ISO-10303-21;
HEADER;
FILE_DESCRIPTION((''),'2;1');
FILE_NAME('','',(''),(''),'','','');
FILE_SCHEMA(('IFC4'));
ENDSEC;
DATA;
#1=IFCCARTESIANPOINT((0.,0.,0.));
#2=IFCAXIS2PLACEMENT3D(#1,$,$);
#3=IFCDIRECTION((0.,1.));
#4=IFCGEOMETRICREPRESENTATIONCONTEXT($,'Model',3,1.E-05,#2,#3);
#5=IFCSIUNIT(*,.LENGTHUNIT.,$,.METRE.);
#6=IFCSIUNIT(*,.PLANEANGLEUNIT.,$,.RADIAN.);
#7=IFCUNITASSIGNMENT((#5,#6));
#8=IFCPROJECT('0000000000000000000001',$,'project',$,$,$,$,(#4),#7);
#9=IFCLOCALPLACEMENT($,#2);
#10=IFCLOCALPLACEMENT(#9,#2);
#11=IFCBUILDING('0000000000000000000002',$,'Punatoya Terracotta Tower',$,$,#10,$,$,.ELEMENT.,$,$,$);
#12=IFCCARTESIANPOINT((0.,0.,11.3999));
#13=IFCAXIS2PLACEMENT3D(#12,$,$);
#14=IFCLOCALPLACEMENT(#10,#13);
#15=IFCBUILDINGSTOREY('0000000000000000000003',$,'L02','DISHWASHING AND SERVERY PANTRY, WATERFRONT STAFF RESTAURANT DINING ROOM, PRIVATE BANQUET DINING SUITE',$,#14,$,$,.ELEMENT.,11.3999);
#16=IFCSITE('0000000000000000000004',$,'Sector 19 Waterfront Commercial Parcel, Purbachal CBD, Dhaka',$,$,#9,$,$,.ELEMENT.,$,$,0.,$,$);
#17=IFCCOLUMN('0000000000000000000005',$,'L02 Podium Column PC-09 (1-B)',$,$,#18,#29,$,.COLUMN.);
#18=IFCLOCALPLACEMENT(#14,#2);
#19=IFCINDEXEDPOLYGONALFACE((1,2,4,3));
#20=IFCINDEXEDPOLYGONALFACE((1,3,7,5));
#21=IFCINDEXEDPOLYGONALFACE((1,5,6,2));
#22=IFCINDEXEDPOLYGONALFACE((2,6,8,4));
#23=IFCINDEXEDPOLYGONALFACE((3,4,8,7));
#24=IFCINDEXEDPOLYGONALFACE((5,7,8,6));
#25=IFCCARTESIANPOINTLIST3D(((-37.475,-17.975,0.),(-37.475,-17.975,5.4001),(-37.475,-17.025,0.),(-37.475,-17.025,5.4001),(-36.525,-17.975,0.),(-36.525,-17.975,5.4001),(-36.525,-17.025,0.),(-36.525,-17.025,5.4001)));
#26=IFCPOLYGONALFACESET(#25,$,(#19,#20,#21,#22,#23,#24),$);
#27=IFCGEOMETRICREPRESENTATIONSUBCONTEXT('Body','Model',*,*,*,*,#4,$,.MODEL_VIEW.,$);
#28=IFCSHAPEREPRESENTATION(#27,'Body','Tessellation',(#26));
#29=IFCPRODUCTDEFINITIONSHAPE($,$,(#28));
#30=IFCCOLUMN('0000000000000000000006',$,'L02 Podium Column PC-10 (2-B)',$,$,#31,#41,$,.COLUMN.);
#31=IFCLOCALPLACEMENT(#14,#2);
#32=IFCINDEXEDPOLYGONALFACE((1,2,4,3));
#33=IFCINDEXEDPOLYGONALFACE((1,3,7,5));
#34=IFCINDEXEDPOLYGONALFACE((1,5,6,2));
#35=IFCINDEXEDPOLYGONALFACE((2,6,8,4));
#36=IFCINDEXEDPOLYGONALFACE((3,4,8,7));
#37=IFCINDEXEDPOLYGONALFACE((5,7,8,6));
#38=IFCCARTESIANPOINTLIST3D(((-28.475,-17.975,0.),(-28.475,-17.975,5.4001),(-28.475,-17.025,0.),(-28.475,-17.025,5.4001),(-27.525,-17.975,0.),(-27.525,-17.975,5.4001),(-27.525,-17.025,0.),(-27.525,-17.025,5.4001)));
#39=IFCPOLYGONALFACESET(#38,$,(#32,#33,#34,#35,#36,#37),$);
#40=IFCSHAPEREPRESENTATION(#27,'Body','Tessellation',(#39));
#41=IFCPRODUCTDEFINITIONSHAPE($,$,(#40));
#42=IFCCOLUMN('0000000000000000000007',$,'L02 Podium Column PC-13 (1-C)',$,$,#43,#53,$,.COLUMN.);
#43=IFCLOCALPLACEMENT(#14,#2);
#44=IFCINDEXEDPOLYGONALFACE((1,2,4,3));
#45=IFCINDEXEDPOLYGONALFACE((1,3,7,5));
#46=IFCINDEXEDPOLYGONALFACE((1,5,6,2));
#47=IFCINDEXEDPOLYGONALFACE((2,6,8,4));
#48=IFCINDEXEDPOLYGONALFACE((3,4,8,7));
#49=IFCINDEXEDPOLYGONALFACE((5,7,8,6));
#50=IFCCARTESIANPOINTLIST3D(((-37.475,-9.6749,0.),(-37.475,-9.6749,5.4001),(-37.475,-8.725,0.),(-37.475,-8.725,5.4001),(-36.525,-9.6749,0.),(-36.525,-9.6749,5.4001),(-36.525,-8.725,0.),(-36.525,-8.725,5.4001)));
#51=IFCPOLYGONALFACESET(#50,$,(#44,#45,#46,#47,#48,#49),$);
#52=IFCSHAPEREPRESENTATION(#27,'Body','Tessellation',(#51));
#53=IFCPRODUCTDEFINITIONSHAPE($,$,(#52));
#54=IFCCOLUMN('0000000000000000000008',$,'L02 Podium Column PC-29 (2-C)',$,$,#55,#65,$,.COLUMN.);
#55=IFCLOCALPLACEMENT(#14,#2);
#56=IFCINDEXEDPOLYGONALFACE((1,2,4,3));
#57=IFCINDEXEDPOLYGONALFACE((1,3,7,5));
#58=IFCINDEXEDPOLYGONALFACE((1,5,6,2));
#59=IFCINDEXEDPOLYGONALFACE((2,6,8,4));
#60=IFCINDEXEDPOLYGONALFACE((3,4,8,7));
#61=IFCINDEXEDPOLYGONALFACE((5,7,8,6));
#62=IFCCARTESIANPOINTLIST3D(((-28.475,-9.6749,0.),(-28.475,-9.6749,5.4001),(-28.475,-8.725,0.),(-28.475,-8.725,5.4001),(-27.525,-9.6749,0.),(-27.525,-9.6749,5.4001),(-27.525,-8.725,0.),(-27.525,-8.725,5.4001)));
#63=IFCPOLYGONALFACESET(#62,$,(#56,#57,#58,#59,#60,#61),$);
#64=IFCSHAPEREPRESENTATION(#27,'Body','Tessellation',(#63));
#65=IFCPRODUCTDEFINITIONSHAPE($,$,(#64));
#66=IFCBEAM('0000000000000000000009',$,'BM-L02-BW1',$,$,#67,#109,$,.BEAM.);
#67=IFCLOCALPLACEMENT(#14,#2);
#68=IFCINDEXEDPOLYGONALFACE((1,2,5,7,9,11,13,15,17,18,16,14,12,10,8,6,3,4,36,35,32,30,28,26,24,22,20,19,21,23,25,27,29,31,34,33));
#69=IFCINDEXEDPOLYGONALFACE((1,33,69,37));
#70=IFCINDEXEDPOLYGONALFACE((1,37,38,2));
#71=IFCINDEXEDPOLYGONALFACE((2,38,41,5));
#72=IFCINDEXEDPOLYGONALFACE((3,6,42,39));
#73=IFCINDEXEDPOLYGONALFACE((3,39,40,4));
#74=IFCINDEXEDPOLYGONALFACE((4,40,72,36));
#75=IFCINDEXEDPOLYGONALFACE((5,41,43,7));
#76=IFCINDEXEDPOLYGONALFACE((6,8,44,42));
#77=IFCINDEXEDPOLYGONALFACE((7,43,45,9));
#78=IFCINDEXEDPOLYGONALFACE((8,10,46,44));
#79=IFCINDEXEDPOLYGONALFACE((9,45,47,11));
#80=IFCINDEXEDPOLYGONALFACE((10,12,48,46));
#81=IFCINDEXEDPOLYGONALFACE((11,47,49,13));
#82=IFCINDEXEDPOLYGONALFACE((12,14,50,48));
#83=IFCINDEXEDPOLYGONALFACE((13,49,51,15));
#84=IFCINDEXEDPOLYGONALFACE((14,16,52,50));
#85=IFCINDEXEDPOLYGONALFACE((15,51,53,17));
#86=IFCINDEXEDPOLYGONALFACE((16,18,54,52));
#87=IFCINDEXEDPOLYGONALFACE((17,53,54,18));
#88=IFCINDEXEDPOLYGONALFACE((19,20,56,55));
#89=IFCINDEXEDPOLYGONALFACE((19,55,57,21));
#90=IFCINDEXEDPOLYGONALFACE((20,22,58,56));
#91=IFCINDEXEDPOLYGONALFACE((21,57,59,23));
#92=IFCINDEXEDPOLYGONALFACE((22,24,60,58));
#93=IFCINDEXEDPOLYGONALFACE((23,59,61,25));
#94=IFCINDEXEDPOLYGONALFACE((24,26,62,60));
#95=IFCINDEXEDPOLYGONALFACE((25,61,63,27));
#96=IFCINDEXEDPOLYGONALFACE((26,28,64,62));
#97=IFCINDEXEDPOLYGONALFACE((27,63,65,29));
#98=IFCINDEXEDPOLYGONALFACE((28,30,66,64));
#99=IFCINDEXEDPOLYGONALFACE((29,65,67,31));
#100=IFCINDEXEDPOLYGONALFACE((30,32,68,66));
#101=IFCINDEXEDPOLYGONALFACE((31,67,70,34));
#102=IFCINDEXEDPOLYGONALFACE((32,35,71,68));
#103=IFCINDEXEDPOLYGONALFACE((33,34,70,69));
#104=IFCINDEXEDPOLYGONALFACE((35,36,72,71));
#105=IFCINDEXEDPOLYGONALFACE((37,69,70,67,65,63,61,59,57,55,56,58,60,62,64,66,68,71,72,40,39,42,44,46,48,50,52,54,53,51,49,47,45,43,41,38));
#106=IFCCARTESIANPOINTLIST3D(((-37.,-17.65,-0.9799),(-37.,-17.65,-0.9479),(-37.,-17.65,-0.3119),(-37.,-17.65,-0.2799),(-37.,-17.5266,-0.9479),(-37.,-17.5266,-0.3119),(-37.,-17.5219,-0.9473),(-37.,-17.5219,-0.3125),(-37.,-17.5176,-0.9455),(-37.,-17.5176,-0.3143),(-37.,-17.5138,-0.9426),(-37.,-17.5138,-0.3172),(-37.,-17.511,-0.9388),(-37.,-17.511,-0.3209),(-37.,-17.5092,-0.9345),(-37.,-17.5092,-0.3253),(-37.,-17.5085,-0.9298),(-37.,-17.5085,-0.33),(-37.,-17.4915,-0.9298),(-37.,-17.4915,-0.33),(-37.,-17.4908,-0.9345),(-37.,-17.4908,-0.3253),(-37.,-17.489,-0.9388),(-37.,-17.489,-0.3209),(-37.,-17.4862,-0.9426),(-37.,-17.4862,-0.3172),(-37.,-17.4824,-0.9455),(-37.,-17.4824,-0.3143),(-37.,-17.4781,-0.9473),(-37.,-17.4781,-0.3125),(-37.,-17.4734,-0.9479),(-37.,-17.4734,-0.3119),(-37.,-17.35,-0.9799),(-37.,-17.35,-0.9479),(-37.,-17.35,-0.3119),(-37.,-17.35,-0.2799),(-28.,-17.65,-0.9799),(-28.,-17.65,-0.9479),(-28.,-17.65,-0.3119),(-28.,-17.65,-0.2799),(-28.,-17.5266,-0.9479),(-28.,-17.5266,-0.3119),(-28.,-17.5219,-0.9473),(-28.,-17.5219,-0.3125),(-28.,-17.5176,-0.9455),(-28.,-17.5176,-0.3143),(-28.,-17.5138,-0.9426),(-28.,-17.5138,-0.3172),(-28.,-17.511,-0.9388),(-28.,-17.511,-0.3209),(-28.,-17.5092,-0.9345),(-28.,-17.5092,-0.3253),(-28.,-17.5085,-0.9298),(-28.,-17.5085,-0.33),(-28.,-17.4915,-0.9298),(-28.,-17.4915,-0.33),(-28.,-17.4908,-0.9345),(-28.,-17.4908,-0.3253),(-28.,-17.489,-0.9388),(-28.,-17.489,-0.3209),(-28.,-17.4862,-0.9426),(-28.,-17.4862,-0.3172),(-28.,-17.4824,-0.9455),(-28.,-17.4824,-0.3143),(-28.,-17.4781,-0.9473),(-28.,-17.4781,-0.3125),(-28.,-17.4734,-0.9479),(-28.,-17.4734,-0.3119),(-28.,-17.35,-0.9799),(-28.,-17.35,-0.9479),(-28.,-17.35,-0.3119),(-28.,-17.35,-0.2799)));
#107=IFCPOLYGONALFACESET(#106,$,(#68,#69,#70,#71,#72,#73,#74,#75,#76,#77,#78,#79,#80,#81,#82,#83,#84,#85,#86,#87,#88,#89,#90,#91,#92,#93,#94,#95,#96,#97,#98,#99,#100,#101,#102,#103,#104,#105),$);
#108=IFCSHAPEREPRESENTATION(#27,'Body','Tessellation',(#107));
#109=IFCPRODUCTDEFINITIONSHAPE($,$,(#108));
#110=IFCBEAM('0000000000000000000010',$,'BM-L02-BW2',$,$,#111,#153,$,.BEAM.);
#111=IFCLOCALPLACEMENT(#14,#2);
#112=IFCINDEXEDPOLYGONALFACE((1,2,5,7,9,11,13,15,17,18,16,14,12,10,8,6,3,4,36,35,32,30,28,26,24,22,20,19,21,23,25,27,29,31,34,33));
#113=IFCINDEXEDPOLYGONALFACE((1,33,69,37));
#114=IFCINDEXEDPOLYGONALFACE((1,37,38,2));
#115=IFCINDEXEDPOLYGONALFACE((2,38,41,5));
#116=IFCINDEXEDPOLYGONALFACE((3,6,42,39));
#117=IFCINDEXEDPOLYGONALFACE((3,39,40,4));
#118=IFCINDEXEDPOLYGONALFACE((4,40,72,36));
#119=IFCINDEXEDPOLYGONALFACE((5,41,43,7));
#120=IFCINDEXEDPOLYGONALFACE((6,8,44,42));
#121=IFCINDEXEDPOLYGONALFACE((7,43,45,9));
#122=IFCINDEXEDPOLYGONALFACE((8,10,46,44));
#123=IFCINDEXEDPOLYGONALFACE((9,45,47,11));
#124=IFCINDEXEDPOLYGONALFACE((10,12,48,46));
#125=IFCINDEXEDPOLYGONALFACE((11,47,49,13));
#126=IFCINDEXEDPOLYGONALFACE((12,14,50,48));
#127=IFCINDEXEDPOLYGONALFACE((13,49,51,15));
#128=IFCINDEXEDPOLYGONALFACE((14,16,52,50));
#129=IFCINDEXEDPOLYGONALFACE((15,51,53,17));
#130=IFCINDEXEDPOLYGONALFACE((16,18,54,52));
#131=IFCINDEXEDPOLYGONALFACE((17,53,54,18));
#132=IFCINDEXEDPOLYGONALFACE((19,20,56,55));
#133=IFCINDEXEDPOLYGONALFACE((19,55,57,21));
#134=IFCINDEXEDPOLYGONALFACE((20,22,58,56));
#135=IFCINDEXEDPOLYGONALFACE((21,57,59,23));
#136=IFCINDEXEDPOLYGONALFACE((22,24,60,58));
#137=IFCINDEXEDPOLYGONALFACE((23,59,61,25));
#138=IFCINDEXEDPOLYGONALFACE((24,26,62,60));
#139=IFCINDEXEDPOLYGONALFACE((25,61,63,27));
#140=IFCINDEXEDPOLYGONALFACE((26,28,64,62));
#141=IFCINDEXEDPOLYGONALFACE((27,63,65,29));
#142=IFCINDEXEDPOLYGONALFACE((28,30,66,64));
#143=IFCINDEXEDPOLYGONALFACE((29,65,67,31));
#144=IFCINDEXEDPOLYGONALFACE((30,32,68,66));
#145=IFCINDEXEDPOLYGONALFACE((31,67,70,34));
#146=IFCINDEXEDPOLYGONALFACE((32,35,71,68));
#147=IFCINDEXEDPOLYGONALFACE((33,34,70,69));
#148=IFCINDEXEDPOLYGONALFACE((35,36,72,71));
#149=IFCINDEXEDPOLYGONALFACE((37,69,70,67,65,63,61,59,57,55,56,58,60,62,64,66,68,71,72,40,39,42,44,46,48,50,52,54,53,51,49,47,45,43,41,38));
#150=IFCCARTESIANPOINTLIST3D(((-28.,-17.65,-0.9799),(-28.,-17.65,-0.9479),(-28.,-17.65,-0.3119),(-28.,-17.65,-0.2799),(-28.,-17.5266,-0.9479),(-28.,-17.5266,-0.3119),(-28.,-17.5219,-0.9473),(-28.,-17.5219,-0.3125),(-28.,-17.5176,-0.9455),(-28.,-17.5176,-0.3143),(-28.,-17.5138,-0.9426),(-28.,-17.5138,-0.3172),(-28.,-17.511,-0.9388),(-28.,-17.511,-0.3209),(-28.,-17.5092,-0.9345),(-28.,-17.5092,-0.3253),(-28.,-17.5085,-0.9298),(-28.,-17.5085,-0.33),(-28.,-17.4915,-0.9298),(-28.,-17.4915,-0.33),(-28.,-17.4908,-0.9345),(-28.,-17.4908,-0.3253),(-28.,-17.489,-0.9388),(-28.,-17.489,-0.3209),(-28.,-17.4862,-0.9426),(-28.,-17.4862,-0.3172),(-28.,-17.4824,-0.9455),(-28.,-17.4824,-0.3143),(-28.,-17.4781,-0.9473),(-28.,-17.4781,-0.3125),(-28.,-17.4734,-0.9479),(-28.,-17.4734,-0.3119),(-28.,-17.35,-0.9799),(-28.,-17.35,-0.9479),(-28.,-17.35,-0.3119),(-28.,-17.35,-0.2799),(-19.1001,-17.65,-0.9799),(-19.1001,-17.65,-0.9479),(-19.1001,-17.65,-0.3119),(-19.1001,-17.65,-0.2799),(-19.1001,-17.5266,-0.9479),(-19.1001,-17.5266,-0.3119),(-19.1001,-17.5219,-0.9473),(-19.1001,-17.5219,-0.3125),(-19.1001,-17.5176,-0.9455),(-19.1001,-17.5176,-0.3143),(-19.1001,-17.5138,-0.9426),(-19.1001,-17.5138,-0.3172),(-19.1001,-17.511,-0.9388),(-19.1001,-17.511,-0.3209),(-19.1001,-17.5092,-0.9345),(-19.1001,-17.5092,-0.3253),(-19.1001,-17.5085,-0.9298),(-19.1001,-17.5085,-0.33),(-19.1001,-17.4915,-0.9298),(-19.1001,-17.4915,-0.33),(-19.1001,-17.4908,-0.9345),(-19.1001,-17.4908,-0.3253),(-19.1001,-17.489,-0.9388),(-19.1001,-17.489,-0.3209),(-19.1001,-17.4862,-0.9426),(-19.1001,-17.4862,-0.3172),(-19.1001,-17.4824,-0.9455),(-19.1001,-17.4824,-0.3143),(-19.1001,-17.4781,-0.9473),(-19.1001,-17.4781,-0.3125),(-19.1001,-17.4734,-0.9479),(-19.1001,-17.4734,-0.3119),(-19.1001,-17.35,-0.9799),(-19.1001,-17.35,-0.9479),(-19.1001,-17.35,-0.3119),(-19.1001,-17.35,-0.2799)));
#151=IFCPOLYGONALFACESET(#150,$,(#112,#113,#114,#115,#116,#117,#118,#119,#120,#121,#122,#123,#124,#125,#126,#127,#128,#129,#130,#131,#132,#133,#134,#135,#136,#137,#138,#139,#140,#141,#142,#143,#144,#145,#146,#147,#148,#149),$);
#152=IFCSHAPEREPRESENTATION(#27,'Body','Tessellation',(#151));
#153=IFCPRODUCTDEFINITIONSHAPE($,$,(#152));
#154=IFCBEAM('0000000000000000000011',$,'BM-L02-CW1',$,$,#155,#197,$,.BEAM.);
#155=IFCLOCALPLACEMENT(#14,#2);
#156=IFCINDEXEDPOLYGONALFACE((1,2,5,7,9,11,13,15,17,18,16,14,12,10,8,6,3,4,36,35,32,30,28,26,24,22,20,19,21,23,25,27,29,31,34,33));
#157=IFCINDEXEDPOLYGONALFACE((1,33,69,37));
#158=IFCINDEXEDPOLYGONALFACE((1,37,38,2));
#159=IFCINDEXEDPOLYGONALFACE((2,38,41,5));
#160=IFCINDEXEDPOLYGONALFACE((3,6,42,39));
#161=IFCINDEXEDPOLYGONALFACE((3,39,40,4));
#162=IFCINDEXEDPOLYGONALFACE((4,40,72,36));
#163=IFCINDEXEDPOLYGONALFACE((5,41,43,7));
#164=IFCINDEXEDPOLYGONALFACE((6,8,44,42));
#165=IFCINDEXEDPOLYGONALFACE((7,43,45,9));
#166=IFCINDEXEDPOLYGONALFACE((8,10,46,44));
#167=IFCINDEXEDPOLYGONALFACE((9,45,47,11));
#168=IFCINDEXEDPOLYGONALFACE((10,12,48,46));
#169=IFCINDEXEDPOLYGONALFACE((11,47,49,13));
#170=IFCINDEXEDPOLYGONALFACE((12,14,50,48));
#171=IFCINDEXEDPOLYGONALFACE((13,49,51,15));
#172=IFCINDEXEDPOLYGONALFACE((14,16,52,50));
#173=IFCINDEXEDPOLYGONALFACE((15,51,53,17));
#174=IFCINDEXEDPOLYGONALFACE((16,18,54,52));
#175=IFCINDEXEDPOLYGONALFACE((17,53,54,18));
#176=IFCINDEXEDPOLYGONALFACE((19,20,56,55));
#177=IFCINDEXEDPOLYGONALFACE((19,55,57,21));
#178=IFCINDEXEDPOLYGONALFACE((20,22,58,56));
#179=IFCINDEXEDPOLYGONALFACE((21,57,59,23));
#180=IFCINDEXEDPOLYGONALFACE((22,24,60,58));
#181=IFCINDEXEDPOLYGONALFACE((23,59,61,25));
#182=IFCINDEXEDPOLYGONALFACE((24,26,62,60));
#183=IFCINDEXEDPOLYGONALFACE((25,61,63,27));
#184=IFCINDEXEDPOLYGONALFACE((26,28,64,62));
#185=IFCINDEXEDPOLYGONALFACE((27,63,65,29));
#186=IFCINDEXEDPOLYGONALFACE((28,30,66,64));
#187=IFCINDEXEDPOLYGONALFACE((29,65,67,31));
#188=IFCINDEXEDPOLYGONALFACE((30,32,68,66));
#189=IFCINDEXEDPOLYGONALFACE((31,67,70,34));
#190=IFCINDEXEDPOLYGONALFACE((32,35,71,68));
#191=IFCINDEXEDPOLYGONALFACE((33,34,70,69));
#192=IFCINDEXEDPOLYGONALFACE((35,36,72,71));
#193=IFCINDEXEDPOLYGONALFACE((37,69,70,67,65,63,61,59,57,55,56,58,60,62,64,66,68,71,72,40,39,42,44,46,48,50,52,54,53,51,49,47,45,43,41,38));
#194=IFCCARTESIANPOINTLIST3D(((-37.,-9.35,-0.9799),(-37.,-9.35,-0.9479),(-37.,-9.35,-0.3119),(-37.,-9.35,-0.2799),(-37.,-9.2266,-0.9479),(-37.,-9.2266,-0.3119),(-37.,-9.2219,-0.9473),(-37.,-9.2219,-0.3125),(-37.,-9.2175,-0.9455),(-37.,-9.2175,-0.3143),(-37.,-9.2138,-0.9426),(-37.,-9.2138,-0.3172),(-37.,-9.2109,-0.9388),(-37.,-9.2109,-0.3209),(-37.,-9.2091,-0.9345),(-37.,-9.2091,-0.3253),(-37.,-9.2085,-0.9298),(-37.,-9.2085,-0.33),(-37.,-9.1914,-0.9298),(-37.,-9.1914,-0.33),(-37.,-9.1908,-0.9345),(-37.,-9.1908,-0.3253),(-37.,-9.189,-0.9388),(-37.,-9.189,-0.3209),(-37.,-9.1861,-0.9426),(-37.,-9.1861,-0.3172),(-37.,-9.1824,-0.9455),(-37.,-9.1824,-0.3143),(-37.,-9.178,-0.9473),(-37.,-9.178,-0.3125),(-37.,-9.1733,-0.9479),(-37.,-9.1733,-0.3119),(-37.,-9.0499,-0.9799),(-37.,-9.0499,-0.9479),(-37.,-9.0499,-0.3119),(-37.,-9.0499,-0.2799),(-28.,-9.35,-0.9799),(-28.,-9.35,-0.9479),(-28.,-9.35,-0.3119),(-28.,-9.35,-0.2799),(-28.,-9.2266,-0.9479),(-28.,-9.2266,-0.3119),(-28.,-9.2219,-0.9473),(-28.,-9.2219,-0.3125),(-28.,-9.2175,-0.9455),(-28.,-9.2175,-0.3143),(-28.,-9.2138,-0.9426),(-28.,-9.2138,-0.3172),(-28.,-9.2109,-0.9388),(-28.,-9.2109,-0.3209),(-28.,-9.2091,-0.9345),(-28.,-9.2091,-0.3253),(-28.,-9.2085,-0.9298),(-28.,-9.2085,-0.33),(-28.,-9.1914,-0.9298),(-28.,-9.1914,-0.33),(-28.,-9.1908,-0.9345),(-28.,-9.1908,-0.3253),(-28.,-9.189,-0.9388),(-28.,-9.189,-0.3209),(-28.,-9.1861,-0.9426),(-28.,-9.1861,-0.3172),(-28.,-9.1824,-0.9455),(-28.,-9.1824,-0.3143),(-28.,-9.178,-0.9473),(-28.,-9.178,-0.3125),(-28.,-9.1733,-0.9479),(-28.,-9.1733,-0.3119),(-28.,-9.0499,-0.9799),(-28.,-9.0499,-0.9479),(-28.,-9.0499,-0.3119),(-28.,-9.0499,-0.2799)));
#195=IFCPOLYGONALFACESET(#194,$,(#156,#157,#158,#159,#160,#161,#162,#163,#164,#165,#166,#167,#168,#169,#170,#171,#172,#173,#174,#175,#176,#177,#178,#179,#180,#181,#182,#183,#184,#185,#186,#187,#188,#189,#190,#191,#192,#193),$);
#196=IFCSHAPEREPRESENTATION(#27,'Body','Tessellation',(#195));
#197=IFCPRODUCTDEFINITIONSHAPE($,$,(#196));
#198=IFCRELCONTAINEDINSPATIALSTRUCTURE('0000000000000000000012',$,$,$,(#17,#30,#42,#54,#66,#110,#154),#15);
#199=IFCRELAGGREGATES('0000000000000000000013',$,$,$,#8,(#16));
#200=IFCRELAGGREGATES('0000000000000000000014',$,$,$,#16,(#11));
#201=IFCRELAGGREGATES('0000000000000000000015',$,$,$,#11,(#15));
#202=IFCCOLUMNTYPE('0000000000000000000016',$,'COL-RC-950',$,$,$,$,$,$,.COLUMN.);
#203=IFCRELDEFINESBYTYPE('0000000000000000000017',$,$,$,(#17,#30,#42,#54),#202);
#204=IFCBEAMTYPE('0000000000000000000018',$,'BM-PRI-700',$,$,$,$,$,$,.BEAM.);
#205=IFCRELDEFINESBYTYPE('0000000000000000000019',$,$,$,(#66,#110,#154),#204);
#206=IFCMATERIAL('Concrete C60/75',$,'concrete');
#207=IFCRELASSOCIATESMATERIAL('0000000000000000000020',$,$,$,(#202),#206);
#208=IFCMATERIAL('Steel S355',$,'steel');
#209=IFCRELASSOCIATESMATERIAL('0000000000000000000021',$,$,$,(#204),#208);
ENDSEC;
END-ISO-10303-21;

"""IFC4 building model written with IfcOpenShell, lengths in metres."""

from ifc_helpers import new_model, si_unit, direction, frame, origin, origin_2d, place, context, subcontext, project, spatial, rectangle, i_section, extrude, material, material_profile, profile_set, type_object, element, save


model = new_model("IFC4")

# Units and contexts
model_context = context("Model", 3, precision=1e-05, world=origin(), true_north=direction((0.0, 1.0)))
body_context = subcontext(model_context, "Body", "Model", "MODEL_VIEW")
ifc_project = project(units=[si_unit("LENGTHUNIT", "METRE"), si_unit("PLANEANGLEUNIT", "RADIAN")], contexts=[model_context])

# Site, building, storey
site_placement = place(None, origin())
site = spatial("IfcSite", under=ifc_project, at=site_placement, Name="Sector 19 Waterfront Commercial Parcel, Purbachal CBD, Dhaka", CompositionType="ELEMENT", RefElevation=0.0)
building_placement = place(site_placement, origin())
building = spatial("IfcBuilding", under=site, at=building_placement, Name="Punatoya Terracotta Tower", CompositionType="ELEMENT")
storey_placement = place(building_placement, frame((0.0, 0.0, 11.3999)))
storey = spatial("IfcBuildingStorey", under=building, at=storey_placement, Name="L02", Description="DISHWASHING AND SERVERY PANTRY, WATERFRONT STAFF RESTAURANT DINING ROOM, PRIVATE BANQUET DINING SUITE", CompositionType="ELEMENT", Elevation=11.3999)

# Columns
ifc_material_1 = material(Name="Concrete C60/75", Category="concrete")
ifc_material_profile_1 = material_profile(ifc_material_1, rectangle(XDim=0.95, YDim=0.95, at=origin_2d()))
ifc_profile_set_1 = profile_set([ifc_material_profile_1], Name="Concrete C60/75")
column_type = type_object("IfcColumnType", Name="COL-RC-950", PredefinedType="COLUMN", material=ifc_profile_set_1)
for number, where, z_axis, x_axis, name in (
    (1, (-37.0, -17.5, 0.0), (0.0, 0.0, 1.0), (1.0, 0.0, 0.0), "L02 Podium Column PC-09 (1-B)"),
    (2, (-28.0, -17.5, 0.0), (0.0, 0.0, 1.0), (1.0, 0.0, 0.0), "L02 Podium Column PC-10 (2-B)"),
    (3, (-37.0, -9.2, 0.0), (0.0, 0.0, 1.0), (1.0, 0.0, 0.0), "L02 Podium Column PC-13 (1-C)"),
    (4, (-28.0, -9.2, 0.0), (0.0, 0.0, 1.0), (1.0, 0.0, 0.0), "L02 Podium Column PC-29 (2-C)"),
):
    element("IfcColumn", number, at=place(storey_placement, frame(where, z_axis=z_axis, x_axis=x_axis)), inside=storey, type_object=column_type, Name=name, PredefinedType="COLUMN", context=body_context, shape_type="SweptSolid", body=[
        extrude(rectangle(XDim=0.95, YDim=0.95, at=origin_2d()), origin(), (0.0, 0.0, 1.0), 5.4001),
    ])

# Beams
ifc_material_2 = material(Name="Steel S355", Category="steel")
ifc_material_profile_2 = material_profile(ifc_material_2, i_section(OverallWidth=0.3, OverallDepth=0.7, WebThickness=0.0171, FlangeThickness=0.032, FilletRadius=0.0181, at=origin_2d()))
ifc_profile_set_2 = profile_set([ifc_material_profile_2], Name="Steel S355")
beam_type_1 = type_object("IfcBeamType", Name="BM-PRI-700", PredefinedType="BEAM", material=ifc_profile_set_2)
beam_1_placement = place(storey_placement, frame((-37.0, -17.5, -0.6299), z_axis=(1.0, 0.0, 0.0), x_axis=(0.0, 1.0, 0.0)))
element("IfcBeam", 5, at=beam_1_placement, inside=storey, type_object=beam_type_1, Name="BM-L02-BW1", PredefinedType="BEAM", context=body_context, shape_type="SweptSolid", body=[
    extrude(i_section(OverallWidth=0.3, OverallDepth=0.7, WebThickness=0.0171, FlangeThickness=0.032, FilletRadius=0.0181, at=origin_2d()), origin(), (0.0, 0.0, 1.0), 9.0),
])
beam_2_placement = place(storey_placement, frame((-28.0, -17.5, -0.6299), z_axis=(1.0, 0.0, 0.0), x_axis=(0.0, 1.0, 0.0)))
element("IfcBeam", 6, at=beam_2_placement, inside=storey, type_object=beam_type_1, Name="BM-L02-BW2", PredefinedType="BEAM", context=body_context, shape_type="SweptSolid", body=[
    extrude(i_section(OverallWidth=0.3, OverallDepth=0.7, WebThickness=0.0171, FlangeThickness=0.032, FilletRadius=0.0181, at=origin_2d()), origin(), (0.0, 0.0, 1.0), 8.8999),
])
beam_3_placement = place(storey_placement, frame((-37.0, -9.2, -0.6299), z_axis=(1.0, 0.0, 0.0), x_axis=(0.0, 1.0, 0.0)))
element("IfcBeam", 7, at=beam_3_placement, inside=storey, type_object=beam_type_1, Name="BM-L02-CW1", PredefinedType="BEAM", context=body_context, shape_type="SweptSolid", body=[
    extrude(i_section(OverallWidth=0.3, OverallDepth=0.7, WebThickness=0.0171, FlangeThickness=0.032, FilletRadius=0.0181, at=origin_2d()), origin(), (0.0, 0.0, 1.0), 9.0),
])

save(model, "model.ifc")
